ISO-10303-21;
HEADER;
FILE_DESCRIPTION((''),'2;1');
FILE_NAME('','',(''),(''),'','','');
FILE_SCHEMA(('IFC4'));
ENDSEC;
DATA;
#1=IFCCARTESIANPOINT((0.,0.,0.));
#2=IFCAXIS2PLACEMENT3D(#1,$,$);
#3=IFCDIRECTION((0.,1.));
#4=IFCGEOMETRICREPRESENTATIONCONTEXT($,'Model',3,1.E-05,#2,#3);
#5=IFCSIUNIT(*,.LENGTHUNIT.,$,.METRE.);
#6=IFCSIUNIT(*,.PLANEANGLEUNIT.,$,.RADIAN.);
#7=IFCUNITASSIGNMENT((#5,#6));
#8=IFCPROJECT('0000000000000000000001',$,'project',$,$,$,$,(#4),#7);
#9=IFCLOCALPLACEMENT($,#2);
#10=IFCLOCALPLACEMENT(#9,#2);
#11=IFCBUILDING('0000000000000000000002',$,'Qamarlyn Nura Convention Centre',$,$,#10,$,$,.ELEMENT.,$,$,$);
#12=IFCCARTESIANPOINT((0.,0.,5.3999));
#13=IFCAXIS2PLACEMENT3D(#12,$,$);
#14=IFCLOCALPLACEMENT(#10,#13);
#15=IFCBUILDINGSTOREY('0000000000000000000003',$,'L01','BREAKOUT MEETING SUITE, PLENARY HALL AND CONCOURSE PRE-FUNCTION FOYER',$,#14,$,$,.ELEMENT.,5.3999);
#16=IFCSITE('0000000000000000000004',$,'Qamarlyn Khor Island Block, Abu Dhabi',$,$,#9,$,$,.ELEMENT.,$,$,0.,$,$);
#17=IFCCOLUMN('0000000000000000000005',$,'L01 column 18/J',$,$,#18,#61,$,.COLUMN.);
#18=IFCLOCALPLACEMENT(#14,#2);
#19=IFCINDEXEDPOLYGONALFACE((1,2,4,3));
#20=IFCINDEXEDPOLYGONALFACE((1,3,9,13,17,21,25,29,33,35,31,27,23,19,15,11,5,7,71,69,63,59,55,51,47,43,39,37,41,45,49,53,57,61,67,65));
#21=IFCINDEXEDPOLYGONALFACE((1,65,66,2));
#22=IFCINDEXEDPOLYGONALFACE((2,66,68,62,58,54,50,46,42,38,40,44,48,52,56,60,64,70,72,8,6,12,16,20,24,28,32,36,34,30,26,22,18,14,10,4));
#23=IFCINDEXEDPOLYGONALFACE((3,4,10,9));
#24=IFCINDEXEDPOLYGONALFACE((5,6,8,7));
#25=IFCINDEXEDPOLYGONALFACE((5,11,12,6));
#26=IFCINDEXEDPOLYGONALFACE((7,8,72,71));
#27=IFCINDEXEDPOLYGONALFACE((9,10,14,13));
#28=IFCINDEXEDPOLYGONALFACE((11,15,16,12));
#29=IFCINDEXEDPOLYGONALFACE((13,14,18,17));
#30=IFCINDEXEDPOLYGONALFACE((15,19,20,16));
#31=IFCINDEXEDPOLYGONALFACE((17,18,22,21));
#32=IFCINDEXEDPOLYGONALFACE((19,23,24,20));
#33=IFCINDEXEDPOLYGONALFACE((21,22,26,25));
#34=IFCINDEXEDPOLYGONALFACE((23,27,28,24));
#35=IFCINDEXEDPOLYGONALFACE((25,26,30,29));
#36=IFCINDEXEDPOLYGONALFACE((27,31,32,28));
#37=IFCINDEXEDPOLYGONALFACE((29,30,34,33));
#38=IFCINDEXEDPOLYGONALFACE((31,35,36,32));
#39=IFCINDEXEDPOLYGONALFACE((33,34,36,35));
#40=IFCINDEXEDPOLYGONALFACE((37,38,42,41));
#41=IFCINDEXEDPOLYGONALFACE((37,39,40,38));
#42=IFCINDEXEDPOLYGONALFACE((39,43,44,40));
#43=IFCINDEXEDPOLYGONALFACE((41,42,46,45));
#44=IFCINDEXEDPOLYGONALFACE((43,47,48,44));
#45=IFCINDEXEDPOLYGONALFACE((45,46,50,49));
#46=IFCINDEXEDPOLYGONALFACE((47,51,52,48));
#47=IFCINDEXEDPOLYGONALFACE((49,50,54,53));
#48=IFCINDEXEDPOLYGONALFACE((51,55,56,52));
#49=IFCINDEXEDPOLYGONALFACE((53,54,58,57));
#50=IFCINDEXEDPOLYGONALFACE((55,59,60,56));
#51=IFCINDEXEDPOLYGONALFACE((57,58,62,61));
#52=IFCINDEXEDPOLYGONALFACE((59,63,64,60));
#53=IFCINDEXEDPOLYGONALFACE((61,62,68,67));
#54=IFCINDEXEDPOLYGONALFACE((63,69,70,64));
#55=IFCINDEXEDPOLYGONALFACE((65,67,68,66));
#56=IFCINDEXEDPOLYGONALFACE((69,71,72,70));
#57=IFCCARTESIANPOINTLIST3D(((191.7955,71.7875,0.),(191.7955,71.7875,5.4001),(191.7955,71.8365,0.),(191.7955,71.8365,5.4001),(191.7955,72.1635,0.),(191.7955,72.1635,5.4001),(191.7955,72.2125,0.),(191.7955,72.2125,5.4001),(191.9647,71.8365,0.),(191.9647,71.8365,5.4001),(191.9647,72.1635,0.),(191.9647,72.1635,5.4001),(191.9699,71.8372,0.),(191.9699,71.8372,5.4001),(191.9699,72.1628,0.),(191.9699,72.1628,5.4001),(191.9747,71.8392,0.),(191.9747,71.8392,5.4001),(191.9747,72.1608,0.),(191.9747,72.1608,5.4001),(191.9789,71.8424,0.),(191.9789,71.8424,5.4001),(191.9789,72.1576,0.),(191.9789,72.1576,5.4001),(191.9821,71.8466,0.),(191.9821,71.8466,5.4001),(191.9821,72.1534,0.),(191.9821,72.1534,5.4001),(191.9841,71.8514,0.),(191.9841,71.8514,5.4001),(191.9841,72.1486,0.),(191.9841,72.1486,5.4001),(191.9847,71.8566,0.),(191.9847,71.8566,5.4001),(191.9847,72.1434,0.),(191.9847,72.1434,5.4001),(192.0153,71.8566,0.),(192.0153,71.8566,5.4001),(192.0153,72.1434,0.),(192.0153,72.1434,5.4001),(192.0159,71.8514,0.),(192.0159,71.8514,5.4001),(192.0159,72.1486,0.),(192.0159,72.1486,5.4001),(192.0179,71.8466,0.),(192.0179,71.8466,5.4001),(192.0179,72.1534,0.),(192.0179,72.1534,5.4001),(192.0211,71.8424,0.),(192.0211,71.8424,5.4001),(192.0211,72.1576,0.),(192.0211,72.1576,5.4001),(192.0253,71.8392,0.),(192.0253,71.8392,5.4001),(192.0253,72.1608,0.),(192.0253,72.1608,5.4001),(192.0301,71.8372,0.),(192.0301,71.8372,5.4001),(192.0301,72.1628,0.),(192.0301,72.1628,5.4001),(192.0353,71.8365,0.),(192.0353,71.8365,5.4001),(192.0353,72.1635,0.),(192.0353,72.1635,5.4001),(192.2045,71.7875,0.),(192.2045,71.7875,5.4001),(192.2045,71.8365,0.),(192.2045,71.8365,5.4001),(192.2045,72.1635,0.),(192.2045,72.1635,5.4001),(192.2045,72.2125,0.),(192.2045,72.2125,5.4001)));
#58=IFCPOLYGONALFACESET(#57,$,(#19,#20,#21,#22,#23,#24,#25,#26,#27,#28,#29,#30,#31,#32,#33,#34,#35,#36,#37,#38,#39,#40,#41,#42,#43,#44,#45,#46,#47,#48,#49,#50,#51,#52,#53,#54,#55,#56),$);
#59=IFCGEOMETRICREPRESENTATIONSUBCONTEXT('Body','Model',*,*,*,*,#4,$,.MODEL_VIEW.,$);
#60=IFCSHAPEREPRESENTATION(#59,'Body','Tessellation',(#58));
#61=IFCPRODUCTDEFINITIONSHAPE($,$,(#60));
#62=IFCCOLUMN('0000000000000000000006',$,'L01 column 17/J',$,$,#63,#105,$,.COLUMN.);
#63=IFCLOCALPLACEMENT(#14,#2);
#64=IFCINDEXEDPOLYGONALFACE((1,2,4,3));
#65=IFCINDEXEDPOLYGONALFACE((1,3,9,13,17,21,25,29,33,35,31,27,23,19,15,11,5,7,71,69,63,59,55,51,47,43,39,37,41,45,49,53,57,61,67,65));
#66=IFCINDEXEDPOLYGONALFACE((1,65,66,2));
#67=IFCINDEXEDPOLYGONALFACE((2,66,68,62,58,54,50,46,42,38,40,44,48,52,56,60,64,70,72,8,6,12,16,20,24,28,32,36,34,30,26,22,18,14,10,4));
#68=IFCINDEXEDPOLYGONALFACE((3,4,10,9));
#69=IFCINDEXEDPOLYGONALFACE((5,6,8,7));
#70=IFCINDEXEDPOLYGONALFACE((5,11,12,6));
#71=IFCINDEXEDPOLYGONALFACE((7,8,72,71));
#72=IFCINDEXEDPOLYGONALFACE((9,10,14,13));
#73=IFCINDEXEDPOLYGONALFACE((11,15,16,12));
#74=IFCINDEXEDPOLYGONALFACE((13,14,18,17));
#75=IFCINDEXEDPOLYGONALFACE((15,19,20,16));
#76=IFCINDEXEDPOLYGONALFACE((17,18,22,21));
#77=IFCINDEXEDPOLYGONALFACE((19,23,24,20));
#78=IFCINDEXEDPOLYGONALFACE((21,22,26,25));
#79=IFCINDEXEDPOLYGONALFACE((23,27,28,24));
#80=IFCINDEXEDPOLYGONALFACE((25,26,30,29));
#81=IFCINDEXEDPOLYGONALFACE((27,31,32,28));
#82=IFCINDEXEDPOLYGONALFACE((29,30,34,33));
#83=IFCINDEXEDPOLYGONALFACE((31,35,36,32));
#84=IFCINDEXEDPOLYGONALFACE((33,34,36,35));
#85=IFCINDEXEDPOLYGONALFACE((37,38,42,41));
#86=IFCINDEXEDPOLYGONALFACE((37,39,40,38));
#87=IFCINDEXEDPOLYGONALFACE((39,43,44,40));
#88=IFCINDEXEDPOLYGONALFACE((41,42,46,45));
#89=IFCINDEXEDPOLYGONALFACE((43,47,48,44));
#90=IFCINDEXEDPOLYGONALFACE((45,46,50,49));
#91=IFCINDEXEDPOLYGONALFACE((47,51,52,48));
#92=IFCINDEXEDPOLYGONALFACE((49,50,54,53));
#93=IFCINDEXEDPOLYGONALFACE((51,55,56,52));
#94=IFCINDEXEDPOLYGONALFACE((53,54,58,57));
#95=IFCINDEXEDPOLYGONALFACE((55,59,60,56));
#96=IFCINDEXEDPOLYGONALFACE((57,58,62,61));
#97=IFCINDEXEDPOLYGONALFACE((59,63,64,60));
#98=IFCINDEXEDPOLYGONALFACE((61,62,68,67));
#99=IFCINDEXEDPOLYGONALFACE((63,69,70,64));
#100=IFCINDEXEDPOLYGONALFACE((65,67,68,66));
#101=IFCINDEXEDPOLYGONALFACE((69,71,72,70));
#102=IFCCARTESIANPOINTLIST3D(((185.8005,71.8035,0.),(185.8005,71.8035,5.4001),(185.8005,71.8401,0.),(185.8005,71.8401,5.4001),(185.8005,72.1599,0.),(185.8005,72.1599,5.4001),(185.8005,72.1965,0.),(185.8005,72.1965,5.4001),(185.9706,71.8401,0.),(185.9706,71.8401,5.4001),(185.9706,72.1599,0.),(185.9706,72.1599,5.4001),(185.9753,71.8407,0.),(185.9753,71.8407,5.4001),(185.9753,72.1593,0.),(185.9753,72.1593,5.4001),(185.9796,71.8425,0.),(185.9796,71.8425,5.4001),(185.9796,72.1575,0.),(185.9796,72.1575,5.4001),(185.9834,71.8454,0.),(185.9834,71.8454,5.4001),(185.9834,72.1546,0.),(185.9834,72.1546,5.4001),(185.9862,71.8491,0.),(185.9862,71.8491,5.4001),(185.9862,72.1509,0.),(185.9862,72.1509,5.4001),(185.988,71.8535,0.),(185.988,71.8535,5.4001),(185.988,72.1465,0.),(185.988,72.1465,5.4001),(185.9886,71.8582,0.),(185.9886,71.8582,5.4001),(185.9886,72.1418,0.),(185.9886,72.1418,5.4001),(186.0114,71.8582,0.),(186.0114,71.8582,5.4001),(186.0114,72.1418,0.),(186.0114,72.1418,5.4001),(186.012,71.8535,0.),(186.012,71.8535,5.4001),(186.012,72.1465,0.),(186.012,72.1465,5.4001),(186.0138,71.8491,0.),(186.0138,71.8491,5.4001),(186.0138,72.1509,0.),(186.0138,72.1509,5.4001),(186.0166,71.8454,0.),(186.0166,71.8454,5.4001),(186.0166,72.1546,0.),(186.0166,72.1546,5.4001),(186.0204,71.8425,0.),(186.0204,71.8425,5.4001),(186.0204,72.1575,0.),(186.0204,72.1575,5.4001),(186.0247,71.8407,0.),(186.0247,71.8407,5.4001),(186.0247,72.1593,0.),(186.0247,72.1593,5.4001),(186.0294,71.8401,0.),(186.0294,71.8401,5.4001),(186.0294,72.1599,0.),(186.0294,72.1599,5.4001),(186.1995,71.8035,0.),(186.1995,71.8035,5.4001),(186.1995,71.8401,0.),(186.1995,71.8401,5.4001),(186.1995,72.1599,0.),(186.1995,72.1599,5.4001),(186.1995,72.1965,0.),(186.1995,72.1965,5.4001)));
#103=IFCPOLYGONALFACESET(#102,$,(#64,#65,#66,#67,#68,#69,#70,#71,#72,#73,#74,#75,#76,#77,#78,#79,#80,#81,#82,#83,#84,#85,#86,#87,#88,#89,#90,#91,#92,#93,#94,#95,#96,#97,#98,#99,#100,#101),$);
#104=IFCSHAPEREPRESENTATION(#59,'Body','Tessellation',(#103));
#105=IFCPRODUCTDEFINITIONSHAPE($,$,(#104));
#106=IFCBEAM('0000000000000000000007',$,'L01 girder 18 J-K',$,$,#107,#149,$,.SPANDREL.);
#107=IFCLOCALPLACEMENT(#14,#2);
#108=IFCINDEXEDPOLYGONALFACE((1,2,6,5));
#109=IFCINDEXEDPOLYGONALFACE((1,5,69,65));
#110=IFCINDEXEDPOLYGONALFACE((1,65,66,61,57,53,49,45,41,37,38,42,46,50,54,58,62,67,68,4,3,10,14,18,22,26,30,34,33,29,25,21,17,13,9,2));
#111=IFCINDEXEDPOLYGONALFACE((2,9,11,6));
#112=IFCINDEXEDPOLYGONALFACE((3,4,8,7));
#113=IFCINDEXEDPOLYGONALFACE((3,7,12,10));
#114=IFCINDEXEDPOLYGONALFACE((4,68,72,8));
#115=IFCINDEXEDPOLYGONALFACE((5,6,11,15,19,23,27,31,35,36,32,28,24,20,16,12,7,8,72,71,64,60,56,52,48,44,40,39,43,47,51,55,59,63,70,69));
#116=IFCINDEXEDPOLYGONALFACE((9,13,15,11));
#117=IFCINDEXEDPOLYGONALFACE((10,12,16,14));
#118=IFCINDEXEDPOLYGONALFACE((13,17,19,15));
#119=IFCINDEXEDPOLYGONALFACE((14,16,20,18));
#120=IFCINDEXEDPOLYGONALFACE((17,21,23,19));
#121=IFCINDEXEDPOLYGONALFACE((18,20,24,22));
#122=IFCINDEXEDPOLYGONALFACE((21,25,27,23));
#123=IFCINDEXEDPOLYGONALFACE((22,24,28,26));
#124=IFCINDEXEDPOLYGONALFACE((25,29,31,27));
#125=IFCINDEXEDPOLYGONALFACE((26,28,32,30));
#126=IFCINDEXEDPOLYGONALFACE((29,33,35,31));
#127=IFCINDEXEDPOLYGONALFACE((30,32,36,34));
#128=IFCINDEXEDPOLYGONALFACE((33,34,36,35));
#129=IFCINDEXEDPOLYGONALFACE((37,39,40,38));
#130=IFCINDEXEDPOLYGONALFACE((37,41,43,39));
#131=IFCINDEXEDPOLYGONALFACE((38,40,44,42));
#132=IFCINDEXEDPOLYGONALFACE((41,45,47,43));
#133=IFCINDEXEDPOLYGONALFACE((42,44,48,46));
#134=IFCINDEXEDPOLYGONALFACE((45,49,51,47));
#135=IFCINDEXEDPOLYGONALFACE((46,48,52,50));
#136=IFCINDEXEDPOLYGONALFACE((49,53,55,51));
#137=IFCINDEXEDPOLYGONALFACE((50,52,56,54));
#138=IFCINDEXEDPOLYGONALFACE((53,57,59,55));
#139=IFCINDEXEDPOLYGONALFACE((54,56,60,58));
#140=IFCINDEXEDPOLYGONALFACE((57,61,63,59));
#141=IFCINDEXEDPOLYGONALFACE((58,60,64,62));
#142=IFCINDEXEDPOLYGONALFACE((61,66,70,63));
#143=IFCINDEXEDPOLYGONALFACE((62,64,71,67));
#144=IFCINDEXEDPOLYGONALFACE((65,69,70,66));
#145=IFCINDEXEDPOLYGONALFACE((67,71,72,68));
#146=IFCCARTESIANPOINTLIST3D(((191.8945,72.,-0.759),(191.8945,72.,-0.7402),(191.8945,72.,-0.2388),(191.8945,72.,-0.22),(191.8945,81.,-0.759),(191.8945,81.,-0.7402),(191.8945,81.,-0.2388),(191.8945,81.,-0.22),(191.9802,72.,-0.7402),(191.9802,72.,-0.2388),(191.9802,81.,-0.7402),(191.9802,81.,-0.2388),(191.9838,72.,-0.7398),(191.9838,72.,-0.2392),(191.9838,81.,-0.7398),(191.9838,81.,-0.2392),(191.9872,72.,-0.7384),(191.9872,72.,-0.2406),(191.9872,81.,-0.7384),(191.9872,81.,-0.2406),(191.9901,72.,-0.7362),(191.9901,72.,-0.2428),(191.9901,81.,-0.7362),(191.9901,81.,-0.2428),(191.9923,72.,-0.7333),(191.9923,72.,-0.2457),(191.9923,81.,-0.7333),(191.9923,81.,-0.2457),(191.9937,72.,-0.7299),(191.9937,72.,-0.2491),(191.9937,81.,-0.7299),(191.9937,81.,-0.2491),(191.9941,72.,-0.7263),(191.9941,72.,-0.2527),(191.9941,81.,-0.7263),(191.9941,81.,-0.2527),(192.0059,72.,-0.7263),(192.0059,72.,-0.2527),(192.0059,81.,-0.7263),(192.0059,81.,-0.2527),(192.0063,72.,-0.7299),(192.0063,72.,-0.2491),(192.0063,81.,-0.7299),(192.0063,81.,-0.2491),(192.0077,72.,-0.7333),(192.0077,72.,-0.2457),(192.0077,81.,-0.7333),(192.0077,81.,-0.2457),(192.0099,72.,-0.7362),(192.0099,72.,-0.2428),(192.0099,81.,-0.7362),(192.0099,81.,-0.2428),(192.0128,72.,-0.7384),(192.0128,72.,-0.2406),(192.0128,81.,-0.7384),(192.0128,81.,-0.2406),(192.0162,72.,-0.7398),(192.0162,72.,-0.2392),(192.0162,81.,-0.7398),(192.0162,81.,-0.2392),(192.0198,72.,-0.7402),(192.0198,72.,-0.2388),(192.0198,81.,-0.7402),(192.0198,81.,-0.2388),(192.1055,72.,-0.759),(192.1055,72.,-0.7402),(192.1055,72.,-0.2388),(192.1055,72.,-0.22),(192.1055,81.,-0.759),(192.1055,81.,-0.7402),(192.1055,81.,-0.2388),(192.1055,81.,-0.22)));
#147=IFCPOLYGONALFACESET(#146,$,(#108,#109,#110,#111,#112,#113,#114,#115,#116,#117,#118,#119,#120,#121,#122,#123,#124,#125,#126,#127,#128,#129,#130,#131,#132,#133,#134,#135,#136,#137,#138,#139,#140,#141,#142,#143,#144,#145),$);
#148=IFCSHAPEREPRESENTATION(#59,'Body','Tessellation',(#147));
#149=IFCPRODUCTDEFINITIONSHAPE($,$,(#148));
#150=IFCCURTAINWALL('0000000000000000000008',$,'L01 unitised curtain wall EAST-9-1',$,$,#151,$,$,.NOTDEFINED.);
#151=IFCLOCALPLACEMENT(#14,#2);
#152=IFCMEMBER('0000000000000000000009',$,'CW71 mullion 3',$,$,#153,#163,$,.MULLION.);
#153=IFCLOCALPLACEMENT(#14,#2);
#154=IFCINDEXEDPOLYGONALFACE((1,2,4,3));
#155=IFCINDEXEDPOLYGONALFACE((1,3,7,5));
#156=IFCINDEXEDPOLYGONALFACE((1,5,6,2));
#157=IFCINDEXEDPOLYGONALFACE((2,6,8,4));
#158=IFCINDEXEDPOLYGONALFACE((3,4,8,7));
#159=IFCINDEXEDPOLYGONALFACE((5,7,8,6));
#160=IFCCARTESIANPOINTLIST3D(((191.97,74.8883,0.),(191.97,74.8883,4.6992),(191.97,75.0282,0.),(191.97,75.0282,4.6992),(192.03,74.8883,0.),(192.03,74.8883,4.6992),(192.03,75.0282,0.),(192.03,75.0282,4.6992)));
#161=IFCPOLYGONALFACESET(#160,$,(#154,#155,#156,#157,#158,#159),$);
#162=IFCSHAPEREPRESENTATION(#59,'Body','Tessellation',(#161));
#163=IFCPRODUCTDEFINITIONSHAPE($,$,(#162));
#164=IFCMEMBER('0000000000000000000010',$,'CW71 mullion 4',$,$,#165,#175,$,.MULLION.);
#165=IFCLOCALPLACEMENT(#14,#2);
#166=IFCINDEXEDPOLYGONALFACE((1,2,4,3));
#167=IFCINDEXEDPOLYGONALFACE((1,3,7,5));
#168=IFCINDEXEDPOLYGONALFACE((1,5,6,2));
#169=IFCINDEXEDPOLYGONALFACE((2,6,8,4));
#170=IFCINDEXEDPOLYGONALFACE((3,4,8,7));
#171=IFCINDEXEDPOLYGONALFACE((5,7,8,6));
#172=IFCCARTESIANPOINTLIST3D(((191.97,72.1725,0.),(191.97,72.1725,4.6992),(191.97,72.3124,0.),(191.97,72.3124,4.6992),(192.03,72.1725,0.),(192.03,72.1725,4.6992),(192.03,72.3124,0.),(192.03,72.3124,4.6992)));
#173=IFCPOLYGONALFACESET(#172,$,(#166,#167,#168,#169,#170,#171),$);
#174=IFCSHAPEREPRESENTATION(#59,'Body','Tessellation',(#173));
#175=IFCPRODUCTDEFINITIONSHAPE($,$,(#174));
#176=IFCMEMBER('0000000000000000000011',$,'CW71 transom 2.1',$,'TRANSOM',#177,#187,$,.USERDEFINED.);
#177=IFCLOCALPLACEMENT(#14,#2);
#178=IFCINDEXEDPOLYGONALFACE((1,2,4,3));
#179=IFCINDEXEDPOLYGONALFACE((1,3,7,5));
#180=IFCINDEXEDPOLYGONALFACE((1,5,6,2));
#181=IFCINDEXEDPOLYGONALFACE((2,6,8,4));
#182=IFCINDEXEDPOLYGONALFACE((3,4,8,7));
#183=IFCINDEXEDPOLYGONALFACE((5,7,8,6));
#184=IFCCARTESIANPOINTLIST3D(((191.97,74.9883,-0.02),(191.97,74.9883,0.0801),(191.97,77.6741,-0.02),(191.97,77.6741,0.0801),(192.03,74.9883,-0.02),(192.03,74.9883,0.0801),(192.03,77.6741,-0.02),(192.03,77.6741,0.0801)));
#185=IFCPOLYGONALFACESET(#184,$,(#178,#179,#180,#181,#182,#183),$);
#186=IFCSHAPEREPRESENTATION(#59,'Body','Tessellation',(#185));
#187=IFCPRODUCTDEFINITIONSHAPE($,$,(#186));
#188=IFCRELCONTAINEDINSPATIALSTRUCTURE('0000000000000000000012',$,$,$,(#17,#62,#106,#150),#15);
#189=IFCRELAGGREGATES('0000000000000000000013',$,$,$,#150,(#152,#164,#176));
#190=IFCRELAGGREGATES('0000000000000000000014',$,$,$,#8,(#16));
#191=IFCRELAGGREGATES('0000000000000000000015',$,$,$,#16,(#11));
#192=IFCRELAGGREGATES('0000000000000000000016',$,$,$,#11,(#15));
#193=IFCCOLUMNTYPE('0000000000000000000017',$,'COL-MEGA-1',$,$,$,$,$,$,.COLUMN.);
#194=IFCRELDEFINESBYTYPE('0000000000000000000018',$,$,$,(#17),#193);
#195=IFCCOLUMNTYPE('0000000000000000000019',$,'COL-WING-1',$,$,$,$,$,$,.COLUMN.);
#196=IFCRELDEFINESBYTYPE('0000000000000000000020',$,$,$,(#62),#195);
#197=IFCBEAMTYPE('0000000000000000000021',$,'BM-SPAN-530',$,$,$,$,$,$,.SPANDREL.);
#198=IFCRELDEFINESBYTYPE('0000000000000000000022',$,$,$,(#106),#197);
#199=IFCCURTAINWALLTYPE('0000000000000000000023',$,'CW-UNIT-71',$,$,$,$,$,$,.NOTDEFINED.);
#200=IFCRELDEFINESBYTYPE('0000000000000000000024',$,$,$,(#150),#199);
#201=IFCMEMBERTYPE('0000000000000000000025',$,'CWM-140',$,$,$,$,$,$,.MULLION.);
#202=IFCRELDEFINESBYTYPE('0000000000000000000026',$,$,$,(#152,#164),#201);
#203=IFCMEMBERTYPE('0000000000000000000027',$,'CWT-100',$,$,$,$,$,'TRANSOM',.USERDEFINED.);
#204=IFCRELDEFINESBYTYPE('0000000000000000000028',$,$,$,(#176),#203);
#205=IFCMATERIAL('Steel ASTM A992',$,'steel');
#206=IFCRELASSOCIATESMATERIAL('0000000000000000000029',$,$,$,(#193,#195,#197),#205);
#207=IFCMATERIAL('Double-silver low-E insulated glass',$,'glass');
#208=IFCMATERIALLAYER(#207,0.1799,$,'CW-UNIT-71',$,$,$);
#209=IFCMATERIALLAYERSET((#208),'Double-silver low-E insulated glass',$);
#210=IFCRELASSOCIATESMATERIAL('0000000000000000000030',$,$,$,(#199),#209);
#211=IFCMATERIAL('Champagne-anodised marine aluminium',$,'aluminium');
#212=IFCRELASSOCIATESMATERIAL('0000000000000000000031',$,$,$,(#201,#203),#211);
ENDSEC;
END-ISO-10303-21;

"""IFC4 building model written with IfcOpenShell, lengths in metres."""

from ifc_helpers import new_model, si_unit, direction, frame, origin, origin_2d, place, context, subcontext, project, spatial, rectangle, i_section, extrude, material, layer, layer_set, material_profile, profile_set, type_object, element, aggregate, save


model = new_model("IFC4")

# Units and contexts
model_context = context("Model", 3, precision=1e-05, world=origin(), true_north=direction((0.0, 1.0)))
body_context = subcontext(model_context, "Body", "Model", "MODEL_VIEW")
ifc_project = project(units=[si_unit("LENGTHUNIT", "METRE"), si_unit("PLANEANGLEUNIT", "RADIAN")], contexts=[model_context])

# Site, building, storey
site_placement = place(None, origin())
site = spatial("IfcSite", under=ifc_project, at=site_placement, Name="Qamarlyn Khor Island Block, Abu Dhabi", CompositionType="ELEMENT", RefElevation=0.0)
building_placement = place(site_placement, origin())
building = spatial("IfcBuilding", under=site, at=building_placement, Name="Qamarlyn Nura Convention Centre", CompositionType="ELEMENT")
storey_placement = place(building_placement, frame((0.0, 0.0, 5.3999)))
storey = spatial("IfcBuildingStorey", under=building, at=storey_placement, Name="L01", Description="BREAKOUT MEETING SUITE, PLENARY HALL AND CONCOURSE PRE-FUNCTION FOYER", CompositionType="ELEMENT", Elevation=5.3999)

# Columns
ifc_material_1 = material(Name="Steel ASTM A992", Category="steel")
ifc_material_profile_1 = material_profile(ifc_material_1, i_section(OverallWidth=0.4089, OverallDepth=0.425, WebThickness=0.0305, FlangeThickness=0.0491, FilletRadius=0.02, at=origin_2d()), Name="W360X421")
ifc_profile_set_1 = profile_set([ifc_material_profile_1], Name="Steel ASTM A992")
column_type_1 = type_object("IfcColumnType", Name="COL-MEGA-1", PredefinedType="COLUMN", material=ifc_profile_set_1)
column_1_placement = place(storey_placement, frame((192.0, 72.0, 0.0), z_axis=(0.0, 0.0, 1.0), x_axis=(1.0, 0.0, 0.0)))
element("IfcColumn", 1, at=column_1_placement, inside=storey, type_object=column_type_1, Name="L01 column 18/J", PredefinedType="COLUMN", context=body_context, shape_type="SweptSolid", body=[
    extrude(i_section(OverallWidth=0.4089, OverallDepth=0.425, WebThickness=0.0305, FlangeThickness=0.0491, FilletRadius=0.02, at=origin_2d()), origin(), (0.0, 0.0, 1.0), 5.4001),
])
ifc_material_profile_2 = material_profile(ifc_material_1, i_section(OverallWidth=0.3989, OverallDepth=0.3931, WebThickness=0.0227, FlangeThickness=0.0366, FilletRadius=0.0181, at=origin_2d()), Name="W360X287")
ifc_profile_set_2 = profile_set([ifc_material_profile_2], Name="Steel ASTM A992")
column_type_2 = type_object("IfcColumnType", Name="COL-WING-1", PredefinedType="COLUMN", material=ifc_profile_set_2)
column_2_placement = place(storey_placement, frame((186.0, 72.0, 0.0), z_axis=(0.0, 0.0, 1.0), x_axis=(1.0, 0.0, 0.0)))
element("IfcColumn", 2, at=column_2_placement, inside=storey, type_object=column_type_2, Name="L01 column 17/J", PredefinedType="COLUMN", context=body_context, shape_type="SweptSolid", body=[
    extrude(i_section(OverallWidth=0.3989, OverallDepth=0.3931, WebThickness=0.0227, FlangeThickness=0.0366, FilletRadius=0.0181, at=origin_2d()), origin(), (0.0, 0.0, 1.0), 5.4001),
])

# Beam
ifc_material_profile_3 = material_profile(ifc_material_1, i_section(OverallWidth=0.2109, OverallDepth=0.5391, WebThickness=0.0117, FlangeThickness=0.0188, FilletRadius=0.0139, at=origin_2d()), Name="W530X109")
ifc_profile_set_3 = profile_set([ifc_material_profile_3], Name="Steel ASTM A992")
beam_type = type_object("IfcBeamType", Name="BM-SPAN-530", PredefinedType="SPANDREL", material=ifc_profile_set_3)
beam_placement = place(storey_placement, frame((192.0, 72.0, -0.4895), z_axis=(0.0, 1.0, 0.0), x_axis=(-1.0, 0.0, 0.0)))
element("IfcBeam", 3, at=beam_placement, inside=storey, type_object=beam_type, Name="L01 girder 18 J-K", PredefinedType="SPANDREL", context=body_context, shape_type="SweptSolid", body=[
    extrude(i_section(OverallWidth=0.2109, OverallDepth=0.5391, WebThickness=0.0117, FlangeThickness=0.0188, FilletRadius=0.0139, at=origin_2d()), origin(), (0.0, 0.0, 1.0), 9.0),
])

# Curtain wall, members
ifc_material_2 = material(Name="Double-silver low-E insulated glass", Category="glass")
ifc_layer_1 = layer(ifc_material_2, 0.1799, Name="CW-UNIT-71")
ifc_layer_set_1 = layer_set([ifc_layer_1], Name="Double-silver low-E insulated glass")
curtain_wall_type = type_object("IfcCurtainWallType", Name="CW-UNIT-71", PredefinedType="NOTDEFINED", material=ifc_layer_set_1)
curtain_wall_placement = place(storey_placement, origin())
curtain_wall = element("IfcCurtainWall", 4, at=curtain_wall_placement, inside=storey, type_object=curtain_wall_type, Name="L01 unitised curtain wall EAST-9-1", PredefinedType="NOTDEFINED")
ifc_material_3 = material(Name="Champagne-anodised marine aluminium", Category="aluminium")
ifc_material_profile_4 = material_profile(ifc_material_3, rectangle(XDim=0.0601, YDim=0.1399, at=origin_2d()), Name="ALU MULLION 60x140")
ifc_profile_set_4 = profile_set([ifc_material_profile_4], Name="Champagne-anodised marine aluminium")
member_type_1 = type_object("IfcMemberType", Name="CWM-140", PredefinedType="MULLION", material=ifc_profile_set_4)
member_1_placement = place(storey_placement, frame((192.0, 74.9583, 0.0), z_axis=(0.0, 0.0, 1.0), x_axis=(1.0, 0.0, 0.0)))
member_1 = element("IfcMember", 5, at=member_1_placement, type_object=member_type_1, Name="CW71 mullion 3", PredefinedType="MULLION", context=body_context, shape_type="SweptSolid", body=[
    extrude(rectangle(XDim=0.0601, YDim=0.1399, at=origin_2d()), origin(), (0.0, 0.0, 1.0), 4.6992),
])
member_2_placement = place(storey_placement, frame((192.0, 72.2424, 0.0), z_axis=(0.0, 0.0, 1.0), x_axis=(1.0, 0.0, 0.0)))
member_2 = element("IfcMember", 6, at=member_2_placement, type_object=member_type_1, Name="CW71 mullion 4", PredefinedType="MULLION", context=body_context, shape_type="SweptSolid", body=[
    extrude(rectangle(XDim=0.0601, YDim=0.1399, at=origin_2d()), origin(), (0.0, 0.0, 1.0), 4.6992),
])
ifc_material_profile_5 = material_profile(ifc_material_3, rectangle(XDim=0.0601, YDim=0.1001, at=origin_2d()), Name="ALU TRANSOM 60x100")
ifc_profile_set_5 = profile_set([ifc_material_profile_5], Name="Champagne-anodised marine aluminium")
member_type_2 = type_object("IfcMemberType", Name="CWT-100", ElementType="TRANSOM", PredefinedType="USERDEFINED", material=ifc_profile_set_5)
member_3_placement = place(storey_placement, frame((192.0, 77.6741, 0.03), z_axis=(0.0, -1.0, 0.0), x_axis=(1.0, 0.0, 0.0)))
member_3 = element("IfcMember", 7, at=member_3_placement, type_object=member_type_2, Name="CW71 transom 2.1", ObjectType="TRANSOM", PredefinedType="USERDEFINED", context=body_context, shape_type="SweptSolid", body=[
    extrude(rectangle(XDim=0.0601, YDim=0.1001, at=origin_2d()), origin(), (0.0, 0.0, 1.0), 2.6858),
])
aggregate(curtain_wall, [member_1, member_2, member_3])

save(model, "model.ifc")
